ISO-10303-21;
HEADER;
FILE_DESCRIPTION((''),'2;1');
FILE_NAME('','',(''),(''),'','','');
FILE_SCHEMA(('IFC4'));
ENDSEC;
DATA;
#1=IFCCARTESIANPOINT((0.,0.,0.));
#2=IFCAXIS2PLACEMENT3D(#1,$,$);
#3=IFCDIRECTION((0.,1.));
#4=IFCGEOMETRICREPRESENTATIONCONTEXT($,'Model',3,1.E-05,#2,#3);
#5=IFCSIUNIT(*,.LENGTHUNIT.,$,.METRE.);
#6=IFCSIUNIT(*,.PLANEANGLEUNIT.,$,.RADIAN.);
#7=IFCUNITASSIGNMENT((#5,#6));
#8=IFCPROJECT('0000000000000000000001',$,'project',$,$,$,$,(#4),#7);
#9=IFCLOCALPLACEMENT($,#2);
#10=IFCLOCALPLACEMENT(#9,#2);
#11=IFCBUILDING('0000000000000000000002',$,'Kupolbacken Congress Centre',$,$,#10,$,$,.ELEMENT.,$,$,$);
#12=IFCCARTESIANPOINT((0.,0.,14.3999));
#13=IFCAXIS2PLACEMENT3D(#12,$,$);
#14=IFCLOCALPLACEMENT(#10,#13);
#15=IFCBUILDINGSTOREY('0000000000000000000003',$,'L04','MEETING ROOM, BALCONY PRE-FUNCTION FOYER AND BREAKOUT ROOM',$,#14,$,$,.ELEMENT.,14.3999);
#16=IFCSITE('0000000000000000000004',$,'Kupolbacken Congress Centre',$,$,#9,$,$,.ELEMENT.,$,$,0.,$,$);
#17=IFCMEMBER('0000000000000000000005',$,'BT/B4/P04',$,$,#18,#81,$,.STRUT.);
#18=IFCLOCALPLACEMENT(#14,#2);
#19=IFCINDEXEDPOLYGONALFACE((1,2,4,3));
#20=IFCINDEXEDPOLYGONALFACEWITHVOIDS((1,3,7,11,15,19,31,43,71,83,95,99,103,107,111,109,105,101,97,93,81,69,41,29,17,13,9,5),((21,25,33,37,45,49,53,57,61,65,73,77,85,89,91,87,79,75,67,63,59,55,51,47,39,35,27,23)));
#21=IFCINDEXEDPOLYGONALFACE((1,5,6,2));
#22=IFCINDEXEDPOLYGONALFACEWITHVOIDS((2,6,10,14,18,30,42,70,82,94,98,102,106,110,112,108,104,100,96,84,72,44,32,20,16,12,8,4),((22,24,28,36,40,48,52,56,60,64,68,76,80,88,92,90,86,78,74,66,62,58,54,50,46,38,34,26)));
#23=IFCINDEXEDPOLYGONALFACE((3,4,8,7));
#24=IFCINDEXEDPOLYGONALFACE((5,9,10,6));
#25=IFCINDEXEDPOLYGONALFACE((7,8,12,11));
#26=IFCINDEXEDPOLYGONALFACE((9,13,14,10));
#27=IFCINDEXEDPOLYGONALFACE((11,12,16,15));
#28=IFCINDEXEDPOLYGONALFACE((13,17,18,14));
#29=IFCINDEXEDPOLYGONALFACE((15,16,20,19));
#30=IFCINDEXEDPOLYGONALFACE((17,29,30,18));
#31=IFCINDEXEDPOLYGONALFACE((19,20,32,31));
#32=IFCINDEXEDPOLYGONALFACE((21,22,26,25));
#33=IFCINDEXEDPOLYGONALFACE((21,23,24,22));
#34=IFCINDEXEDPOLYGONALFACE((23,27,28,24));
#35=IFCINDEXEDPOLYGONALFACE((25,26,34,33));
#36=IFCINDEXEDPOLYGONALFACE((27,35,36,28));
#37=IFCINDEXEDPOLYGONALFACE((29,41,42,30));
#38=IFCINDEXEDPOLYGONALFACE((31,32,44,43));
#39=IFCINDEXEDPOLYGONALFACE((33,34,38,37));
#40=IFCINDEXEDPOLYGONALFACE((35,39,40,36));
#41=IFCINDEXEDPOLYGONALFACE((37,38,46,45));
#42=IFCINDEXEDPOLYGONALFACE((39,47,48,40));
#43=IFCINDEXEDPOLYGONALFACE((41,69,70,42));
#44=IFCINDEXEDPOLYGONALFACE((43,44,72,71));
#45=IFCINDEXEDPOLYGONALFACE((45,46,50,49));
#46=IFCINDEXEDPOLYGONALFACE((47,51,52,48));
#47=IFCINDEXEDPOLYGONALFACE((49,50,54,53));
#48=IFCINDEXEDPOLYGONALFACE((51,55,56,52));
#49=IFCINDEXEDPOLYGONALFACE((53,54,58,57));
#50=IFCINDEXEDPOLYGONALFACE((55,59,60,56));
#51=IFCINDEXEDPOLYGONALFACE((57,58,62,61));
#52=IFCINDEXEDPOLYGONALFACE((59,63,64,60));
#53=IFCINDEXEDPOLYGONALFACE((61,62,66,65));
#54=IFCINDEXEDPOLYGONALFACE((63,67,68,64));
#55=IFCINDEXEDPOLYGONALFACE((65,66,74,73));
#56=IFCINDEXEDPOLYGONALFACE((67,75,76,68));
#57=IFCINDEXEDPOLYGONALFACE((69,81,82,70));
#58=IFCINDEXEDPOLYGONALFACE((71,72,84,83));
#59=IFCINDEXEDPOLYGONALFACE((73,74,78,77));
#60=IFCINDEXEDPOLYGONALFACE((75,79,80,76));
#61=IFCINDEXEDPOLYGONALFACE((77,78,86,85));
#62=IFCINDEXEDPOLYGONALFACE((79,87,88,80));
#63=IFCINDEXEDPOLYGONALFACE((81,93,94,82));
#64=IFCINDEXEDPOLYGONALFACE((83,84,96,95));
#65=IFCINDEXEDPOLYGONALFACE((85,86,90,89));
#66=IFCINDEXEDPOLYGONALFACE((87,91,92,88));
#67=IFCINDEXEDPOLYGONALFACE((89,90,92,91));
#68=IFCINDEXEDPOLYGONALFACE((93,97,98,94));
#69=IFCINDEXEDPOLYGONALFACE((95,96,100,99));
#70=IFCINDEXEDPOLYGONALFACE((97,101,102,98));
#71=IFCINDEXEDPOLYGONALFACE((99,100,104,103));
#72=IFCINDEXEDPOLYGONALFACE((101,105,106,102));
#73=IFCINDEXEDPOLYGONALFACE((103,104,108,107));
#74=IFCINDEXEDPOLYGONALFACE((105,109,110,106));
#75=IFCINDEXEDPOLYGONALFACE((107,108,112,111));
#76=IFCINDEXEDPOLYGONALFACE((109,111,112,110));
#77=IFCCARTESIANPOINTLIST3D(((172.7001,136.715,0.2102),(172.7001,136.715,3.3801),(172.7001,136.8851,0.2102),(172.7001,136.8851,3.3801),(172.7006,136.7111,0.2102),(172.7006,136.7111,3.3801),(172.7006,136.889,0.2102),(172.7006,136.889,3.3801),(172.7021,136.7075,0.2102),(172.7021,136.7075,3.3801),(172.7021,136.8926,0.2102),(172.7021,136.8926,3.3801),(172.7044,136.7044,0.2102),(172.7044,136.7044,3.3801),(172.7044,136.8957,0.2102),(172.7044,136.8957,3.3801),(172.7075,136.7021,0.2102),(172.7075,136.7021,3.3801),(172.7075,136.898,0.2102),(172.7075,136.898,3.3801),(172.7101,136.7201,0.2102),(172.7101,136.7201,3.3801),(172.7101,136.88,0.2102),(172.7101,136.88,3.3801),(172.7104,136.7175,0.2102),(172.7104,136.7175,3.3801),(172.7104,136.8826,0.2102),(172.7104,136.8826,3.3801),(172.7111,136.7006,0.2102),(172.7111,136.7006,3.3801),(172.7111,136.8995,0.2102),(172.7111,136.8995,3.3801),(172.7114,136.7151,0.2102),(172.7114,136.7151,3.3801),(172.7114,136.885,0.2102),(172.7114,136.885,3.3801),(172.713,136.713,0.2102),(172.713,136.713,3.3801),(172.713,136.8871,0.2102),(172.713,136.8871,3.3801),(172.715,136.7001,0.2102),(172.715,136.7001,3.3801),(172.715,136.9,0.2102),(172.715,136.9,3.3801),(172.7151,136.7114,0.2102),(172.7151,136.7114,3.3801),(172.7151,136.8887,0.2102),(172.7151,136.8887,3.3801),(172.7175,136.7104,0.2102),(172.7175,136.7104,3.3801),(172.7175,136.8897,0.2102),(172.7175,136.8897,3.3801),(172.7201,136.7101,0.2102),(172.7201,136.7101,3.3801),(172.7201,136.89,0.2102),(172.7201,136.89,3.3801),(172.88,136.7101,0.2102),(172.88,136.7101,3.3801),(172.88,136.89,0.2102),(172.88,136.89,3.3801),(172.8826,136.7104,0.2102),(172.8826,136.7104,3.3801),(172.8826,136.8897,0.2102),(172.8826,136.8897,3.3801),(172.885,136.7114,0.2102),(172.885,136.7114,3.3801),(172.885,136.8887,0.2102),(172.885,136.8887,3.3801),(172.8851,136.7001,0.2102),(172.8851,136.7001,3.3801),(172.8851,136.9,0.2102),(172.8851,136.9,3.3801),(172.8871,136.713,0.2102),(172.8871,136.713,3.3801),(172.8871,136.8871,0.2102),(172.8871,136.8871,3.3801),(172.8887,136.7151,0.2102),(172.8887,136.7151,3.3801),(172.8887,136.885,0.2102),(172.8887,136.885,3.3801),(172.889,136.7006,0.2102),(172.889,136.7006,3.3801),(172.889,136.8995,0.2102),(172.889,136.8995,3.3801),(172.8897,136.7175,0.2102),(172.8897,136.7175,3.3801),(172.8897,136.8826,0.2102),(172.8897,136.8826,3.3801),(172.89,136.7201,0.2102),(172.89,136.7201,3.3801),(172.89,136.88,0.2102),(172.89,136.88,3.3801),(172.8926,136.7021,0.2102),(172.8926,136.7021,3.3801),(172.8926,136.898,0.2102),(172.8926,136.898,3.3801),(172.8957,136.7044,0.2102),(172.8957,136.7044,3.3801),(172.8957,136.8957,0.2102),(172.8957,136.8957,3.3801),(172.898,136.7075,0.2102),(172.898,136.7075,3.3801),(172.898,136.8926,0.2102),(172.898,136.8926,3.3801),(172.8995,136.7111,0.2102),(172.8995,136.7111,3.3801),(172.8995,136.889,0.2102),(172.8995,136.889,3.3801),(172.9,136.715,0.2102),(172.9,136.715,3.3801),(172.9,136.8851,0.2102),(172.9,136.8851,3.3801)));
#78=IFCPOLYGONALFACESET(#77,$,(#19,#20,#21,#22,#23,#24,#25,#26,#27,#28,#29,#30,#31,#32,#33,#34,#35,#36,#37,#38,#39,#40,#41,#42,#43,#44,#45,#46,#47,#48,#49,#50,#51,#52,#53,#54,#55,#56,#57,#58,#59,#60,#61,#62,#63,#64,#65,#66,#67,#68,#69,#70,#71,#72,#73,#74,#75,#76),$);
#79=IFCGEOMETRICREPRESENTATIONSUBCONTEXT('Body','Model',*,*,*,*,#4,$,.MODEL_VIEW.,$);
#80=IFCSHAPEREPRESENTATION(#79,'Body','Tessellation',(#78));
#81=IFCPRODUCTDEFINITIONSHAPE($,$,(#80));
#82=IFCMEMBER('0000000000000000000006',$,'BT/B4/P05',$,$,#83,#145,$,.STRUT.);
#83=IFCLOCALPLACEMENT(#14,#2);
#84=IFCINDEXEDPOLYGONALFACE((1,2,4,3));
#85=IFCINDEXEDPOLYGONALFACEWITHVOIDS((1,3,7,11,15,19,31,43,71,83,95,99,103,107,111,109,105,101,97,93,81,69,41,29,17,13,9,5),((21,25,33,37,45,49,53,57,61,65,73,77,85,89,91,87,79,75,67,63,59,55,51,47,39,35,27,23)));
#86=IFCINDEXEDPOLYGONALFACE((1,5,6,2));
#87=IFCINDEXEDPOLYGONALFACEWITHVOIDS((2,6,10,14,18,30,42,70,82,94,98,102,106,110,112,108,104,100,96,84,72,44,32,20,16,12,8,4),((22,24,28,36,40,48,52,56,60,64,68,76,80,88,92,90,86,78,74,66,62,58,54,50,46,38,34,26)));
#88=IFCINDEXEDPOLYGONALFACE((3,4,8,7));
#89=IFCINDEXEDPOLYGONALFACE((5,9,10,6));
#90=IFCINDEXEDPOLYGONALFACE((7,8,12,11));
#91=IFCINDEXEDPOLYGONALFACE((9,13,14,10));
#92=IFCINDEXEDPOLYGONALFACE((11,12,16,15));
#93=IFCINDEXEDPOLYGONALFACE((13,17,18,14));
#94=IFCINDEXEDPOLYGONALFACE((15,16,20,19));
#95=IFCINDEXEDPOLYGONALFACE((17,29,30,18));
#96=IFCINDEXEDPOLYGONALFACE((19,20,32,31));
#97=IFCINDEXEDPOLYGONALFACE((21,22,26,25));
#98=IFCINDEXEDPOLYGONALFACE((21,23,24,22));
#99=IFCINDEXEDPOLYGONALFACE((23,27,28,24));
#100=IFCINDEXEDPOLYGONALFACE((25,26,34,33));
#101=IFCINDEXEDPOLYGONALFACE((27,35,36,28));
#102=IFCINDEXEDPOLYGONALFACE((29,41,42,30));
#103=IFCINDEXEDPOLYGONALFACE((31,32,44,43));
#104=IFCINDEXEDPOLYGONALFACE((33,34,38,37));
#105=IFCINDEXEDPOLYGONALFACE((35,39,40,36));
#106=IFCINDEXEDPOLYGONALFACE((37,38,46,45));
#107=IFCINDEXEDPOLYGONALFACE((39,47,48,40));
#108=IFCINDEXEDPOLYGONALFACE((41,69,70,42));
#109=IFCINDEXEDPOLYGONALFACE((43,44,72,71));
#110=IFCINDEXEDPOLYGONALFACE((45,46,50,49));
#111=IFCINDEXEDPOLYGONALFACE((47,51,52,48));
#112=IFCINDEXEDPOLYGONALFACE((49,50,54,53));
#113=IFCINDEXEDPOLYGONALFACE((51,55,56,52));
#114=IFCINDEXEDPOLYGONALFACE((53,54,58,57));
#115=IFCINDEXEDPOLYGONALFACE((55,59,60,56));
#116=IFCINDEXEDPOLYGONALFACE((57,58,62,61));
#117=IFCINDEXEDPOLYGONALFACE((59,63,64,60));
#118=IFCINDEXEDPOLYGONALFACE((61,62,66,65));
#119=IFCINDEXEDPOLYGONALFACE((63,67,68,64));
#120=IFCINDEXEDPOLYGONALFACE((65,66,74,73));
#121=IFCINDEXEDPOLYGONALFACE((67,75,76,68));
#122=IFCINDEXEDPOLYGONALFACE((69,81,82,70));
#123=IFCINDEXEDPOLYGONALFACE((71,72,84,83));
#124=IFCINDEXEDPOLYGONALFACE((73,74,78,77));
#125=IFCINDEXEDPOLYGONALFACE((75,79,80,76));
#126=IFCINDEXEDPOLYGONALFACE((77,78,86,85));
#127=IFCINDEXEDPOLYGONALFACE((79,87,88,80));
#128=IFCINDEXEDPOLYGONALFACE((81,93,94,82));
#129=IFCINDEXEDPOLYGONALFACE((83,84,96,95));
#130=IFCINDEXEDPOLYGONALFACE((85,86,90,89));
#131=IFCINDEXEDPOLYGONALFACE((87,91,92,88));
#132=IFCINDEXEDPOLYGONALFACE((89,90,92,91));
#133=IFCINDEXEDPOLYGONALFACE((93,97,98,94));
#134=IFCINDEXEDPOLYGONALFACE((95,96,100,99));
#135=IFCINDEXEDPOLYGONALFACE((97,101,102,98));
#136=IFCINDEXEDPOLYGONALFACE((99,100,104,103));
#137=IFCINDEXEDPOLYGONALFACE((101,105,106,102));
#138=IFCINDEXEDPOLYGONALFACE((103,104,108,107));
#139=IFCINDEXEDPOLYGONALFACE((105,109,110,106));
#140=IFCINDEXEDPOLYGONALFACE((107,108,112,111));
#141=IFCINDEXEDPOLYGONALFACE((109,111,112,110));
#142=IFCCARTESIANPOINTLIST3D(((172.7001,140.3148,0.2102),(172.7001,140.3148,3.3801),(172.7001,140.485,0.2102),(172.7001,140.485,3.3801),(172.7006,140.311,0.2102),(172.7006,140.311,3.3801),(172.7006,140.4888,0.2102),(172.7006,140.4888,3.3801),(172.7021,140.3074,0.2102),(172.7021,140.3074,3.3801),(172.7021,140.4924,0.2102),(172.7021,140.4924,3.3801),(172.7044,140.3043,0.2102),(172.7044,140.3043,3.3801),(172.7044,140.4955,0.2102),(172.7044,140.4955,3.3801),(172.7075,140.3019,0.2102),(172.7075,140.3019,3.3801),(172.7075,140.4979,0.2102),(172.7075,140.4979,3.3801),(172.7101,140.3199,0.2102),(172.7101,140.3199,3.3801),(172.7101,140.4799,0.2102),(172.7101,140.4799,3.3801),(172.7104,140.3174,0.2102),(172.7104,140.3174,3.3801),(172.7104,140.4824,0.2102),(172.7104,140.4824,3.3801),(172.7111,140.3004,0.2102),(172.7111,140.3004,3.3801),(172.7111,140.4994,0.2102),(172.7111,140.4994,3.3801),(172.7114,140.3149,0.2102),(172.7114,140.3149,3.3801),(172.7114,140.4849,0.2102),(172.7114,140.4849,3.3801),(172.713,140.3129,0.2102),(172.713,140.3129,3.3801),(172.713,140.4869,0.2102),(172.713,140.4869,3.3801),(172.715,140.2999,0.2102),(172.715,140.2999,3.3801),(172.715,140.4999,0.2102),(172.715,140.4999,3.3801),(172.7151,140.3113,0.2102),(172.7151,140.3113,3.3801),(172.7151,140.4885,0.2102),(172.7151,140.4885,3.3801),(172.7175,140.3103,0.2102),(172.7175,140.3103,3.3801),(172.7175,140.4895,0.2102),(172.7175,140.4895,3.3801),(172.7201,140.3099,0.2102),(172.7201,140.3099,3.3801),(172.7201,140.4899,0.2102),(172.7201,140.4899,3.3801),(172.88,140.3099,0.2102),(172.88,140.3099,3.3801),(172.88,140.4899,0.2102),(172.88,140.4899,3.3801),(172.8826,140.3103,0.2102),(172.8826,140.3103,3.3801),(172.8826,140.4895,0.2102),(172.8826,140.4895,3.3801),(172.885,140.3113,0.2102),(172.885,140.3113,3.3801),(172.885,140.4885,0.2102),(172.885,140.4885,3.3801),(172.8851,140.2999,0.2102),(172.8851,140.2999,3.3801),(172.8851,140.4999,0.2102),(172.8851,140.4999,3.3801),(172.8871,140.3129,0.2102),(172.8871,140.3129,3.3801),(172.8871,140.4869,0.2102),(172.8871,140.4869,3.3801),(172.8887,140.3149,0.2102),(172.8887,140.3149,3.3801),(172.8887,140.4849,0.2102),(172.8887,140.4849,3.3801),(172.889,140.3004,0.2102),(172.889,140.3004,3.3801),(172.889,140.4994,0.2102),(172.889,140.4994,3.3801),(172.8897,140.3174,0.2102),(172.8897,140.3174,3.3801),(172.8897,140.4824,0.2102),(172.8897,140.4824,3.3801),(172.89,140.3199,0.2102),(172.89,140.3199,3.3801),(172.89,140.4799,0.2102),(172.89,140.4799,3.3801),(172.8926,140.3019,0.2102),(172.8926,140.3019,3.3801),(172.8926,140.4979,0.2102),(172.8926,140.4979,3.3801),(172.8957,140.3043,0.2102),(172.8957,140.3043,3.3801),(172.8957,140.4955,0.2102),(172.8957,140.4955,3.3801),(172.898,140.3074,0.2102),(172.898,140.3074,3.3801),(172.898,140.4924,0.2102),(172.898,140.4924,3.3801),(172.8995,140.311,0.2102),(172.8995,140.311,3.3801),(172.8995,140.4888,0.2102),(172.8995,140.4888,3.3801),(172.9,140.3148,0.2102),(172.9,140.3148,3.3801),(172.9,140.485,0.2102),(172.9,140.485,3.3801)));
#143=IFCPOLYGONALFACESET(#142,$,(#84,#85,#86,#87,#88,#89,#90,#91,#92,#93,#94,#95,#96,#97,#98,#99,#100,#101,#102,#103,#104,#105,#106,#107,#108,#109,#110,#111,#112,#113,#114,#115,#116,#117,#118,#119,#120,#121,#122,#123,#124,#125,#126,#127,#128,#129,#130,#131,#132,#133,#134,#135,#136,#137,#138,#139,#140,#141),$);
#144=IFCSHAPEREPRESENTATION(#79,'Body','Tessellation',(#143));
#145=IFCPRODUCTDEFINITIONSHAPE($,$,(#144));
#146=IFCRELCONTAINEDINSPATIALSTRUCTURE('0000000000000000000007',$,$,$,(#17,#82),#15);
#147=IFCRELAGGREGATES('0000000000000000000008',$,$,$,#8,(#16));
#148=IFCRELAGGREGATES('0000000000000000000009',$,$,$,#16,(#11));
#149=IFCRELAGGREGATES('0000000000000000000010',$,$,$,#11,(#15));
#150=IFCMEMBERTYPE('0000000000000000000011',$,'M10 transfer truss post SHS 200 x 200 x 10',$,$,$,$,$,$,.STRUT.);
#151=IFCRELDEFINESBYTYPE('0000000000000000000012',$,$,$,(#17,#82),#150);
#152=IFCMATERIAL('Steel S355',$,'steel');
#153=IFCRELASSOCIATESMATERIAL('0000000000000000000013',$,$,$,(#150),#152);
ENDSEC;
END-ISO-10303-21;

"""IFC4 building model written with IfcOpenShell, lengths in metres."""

from ifc_helpers import new_model, si_unit, direction, frame, origin, origin_2d, place, context, subcontext, project, spatial, hollow_rectangle, extrude, material, material_profile, profile_set, type_object, element, save


model = new_model("IFC4")

# Units and contexts
model_context = context("Model", 3, precision=1e-05, world=origin(), true_north=direction((0.0, 1.0)))
body_context = subcontext(model_context, "Body", "Model", "MODEL_VIEW")
ifc_project = project(units=[si_unit("LENGTHUNIT", "METRE"), si_unit("PLANEANGLEUNIT", "RADIAN")], contexts=[model_context])

# Site, building, storey
site_placement = place(None, origin())
site = spatial("IfcSite", under=ifc_project, at=site_placement, Name="Kupolbacken Congress Centre", CompositionType="ELEMENT", RefElevation=0.0)
building_placement = place(site_placement, origin())
building = spatial("IfcBuilding", under=site, at=building_placement, Name="Kupolbacken Congress Centre", CompositionType="ELEMENT")
storey_placement = place(building_placement, frame((0.0, 0.0, 14.3999)))
storey = spatial("IfcBuildingStorey", under=building, at=storey_placement, Name="L04", Description="MEETING ROOM, BALCONY PRE-FUNCTION FOYER AND BREAKOUT ROOM", CompositionType="ELEMENT", Elevation=14.3999)

# Members
ifc_material_1 = material(Name="Steel S355", Category="steel")
ifc_material_profile_1 = material_profile(ifc_material_1, hollow_rectangle(XDim=0.2, YDim=0.2, WallThickness=0.01, InnerFilletRadius=0.01, OuterFilletRadius=0.0149, at=origin_2d()), Name="SHS 200 x 200 x 10")
ifc_profile_set_1 = profile_set([ifc_material_profile_1], Name="Steel S355")
member_type_1 = type_object("IfcMemberType", Name="M10 transfer truss post SHS 200 x 200 x 10", PredefinedType="STRUT", material=ifc_profile_set_1)
for number, where, z_axis, x_axis, name in (
    (1, (172.8, 136.8, 0.2102), (0.0, 0.0, 1.0), (0.0, 1.0, 0.0), "BT/B4/P04"),
    (2, (172.8, 140.3999, 0.2102), (0.0, 0.0, 1.0), (0.0, 1.0, 0.0), "BT/B4/P05"),
):
    element("IfcMember", number, at=place(storey_placement, frame(where, z_axis=z_axis, x_axis=x_axis)), inside=storey, type_object=member_type_1, Name=name, PredefinedType="STRUT", context=body_context, shape_type="SweptSolid", body=[
        extrude(hollow_rectangle(XDim=0.2, YDim=0.2, WallThickness=0.01, InnerFilletRadius=0.01, OuterFilletRadius=0.0149, at=origin_2d()), origin(), (0.0, 0.0, 1.0), 3.1699),
    ])

save(model, "model.ifc")
